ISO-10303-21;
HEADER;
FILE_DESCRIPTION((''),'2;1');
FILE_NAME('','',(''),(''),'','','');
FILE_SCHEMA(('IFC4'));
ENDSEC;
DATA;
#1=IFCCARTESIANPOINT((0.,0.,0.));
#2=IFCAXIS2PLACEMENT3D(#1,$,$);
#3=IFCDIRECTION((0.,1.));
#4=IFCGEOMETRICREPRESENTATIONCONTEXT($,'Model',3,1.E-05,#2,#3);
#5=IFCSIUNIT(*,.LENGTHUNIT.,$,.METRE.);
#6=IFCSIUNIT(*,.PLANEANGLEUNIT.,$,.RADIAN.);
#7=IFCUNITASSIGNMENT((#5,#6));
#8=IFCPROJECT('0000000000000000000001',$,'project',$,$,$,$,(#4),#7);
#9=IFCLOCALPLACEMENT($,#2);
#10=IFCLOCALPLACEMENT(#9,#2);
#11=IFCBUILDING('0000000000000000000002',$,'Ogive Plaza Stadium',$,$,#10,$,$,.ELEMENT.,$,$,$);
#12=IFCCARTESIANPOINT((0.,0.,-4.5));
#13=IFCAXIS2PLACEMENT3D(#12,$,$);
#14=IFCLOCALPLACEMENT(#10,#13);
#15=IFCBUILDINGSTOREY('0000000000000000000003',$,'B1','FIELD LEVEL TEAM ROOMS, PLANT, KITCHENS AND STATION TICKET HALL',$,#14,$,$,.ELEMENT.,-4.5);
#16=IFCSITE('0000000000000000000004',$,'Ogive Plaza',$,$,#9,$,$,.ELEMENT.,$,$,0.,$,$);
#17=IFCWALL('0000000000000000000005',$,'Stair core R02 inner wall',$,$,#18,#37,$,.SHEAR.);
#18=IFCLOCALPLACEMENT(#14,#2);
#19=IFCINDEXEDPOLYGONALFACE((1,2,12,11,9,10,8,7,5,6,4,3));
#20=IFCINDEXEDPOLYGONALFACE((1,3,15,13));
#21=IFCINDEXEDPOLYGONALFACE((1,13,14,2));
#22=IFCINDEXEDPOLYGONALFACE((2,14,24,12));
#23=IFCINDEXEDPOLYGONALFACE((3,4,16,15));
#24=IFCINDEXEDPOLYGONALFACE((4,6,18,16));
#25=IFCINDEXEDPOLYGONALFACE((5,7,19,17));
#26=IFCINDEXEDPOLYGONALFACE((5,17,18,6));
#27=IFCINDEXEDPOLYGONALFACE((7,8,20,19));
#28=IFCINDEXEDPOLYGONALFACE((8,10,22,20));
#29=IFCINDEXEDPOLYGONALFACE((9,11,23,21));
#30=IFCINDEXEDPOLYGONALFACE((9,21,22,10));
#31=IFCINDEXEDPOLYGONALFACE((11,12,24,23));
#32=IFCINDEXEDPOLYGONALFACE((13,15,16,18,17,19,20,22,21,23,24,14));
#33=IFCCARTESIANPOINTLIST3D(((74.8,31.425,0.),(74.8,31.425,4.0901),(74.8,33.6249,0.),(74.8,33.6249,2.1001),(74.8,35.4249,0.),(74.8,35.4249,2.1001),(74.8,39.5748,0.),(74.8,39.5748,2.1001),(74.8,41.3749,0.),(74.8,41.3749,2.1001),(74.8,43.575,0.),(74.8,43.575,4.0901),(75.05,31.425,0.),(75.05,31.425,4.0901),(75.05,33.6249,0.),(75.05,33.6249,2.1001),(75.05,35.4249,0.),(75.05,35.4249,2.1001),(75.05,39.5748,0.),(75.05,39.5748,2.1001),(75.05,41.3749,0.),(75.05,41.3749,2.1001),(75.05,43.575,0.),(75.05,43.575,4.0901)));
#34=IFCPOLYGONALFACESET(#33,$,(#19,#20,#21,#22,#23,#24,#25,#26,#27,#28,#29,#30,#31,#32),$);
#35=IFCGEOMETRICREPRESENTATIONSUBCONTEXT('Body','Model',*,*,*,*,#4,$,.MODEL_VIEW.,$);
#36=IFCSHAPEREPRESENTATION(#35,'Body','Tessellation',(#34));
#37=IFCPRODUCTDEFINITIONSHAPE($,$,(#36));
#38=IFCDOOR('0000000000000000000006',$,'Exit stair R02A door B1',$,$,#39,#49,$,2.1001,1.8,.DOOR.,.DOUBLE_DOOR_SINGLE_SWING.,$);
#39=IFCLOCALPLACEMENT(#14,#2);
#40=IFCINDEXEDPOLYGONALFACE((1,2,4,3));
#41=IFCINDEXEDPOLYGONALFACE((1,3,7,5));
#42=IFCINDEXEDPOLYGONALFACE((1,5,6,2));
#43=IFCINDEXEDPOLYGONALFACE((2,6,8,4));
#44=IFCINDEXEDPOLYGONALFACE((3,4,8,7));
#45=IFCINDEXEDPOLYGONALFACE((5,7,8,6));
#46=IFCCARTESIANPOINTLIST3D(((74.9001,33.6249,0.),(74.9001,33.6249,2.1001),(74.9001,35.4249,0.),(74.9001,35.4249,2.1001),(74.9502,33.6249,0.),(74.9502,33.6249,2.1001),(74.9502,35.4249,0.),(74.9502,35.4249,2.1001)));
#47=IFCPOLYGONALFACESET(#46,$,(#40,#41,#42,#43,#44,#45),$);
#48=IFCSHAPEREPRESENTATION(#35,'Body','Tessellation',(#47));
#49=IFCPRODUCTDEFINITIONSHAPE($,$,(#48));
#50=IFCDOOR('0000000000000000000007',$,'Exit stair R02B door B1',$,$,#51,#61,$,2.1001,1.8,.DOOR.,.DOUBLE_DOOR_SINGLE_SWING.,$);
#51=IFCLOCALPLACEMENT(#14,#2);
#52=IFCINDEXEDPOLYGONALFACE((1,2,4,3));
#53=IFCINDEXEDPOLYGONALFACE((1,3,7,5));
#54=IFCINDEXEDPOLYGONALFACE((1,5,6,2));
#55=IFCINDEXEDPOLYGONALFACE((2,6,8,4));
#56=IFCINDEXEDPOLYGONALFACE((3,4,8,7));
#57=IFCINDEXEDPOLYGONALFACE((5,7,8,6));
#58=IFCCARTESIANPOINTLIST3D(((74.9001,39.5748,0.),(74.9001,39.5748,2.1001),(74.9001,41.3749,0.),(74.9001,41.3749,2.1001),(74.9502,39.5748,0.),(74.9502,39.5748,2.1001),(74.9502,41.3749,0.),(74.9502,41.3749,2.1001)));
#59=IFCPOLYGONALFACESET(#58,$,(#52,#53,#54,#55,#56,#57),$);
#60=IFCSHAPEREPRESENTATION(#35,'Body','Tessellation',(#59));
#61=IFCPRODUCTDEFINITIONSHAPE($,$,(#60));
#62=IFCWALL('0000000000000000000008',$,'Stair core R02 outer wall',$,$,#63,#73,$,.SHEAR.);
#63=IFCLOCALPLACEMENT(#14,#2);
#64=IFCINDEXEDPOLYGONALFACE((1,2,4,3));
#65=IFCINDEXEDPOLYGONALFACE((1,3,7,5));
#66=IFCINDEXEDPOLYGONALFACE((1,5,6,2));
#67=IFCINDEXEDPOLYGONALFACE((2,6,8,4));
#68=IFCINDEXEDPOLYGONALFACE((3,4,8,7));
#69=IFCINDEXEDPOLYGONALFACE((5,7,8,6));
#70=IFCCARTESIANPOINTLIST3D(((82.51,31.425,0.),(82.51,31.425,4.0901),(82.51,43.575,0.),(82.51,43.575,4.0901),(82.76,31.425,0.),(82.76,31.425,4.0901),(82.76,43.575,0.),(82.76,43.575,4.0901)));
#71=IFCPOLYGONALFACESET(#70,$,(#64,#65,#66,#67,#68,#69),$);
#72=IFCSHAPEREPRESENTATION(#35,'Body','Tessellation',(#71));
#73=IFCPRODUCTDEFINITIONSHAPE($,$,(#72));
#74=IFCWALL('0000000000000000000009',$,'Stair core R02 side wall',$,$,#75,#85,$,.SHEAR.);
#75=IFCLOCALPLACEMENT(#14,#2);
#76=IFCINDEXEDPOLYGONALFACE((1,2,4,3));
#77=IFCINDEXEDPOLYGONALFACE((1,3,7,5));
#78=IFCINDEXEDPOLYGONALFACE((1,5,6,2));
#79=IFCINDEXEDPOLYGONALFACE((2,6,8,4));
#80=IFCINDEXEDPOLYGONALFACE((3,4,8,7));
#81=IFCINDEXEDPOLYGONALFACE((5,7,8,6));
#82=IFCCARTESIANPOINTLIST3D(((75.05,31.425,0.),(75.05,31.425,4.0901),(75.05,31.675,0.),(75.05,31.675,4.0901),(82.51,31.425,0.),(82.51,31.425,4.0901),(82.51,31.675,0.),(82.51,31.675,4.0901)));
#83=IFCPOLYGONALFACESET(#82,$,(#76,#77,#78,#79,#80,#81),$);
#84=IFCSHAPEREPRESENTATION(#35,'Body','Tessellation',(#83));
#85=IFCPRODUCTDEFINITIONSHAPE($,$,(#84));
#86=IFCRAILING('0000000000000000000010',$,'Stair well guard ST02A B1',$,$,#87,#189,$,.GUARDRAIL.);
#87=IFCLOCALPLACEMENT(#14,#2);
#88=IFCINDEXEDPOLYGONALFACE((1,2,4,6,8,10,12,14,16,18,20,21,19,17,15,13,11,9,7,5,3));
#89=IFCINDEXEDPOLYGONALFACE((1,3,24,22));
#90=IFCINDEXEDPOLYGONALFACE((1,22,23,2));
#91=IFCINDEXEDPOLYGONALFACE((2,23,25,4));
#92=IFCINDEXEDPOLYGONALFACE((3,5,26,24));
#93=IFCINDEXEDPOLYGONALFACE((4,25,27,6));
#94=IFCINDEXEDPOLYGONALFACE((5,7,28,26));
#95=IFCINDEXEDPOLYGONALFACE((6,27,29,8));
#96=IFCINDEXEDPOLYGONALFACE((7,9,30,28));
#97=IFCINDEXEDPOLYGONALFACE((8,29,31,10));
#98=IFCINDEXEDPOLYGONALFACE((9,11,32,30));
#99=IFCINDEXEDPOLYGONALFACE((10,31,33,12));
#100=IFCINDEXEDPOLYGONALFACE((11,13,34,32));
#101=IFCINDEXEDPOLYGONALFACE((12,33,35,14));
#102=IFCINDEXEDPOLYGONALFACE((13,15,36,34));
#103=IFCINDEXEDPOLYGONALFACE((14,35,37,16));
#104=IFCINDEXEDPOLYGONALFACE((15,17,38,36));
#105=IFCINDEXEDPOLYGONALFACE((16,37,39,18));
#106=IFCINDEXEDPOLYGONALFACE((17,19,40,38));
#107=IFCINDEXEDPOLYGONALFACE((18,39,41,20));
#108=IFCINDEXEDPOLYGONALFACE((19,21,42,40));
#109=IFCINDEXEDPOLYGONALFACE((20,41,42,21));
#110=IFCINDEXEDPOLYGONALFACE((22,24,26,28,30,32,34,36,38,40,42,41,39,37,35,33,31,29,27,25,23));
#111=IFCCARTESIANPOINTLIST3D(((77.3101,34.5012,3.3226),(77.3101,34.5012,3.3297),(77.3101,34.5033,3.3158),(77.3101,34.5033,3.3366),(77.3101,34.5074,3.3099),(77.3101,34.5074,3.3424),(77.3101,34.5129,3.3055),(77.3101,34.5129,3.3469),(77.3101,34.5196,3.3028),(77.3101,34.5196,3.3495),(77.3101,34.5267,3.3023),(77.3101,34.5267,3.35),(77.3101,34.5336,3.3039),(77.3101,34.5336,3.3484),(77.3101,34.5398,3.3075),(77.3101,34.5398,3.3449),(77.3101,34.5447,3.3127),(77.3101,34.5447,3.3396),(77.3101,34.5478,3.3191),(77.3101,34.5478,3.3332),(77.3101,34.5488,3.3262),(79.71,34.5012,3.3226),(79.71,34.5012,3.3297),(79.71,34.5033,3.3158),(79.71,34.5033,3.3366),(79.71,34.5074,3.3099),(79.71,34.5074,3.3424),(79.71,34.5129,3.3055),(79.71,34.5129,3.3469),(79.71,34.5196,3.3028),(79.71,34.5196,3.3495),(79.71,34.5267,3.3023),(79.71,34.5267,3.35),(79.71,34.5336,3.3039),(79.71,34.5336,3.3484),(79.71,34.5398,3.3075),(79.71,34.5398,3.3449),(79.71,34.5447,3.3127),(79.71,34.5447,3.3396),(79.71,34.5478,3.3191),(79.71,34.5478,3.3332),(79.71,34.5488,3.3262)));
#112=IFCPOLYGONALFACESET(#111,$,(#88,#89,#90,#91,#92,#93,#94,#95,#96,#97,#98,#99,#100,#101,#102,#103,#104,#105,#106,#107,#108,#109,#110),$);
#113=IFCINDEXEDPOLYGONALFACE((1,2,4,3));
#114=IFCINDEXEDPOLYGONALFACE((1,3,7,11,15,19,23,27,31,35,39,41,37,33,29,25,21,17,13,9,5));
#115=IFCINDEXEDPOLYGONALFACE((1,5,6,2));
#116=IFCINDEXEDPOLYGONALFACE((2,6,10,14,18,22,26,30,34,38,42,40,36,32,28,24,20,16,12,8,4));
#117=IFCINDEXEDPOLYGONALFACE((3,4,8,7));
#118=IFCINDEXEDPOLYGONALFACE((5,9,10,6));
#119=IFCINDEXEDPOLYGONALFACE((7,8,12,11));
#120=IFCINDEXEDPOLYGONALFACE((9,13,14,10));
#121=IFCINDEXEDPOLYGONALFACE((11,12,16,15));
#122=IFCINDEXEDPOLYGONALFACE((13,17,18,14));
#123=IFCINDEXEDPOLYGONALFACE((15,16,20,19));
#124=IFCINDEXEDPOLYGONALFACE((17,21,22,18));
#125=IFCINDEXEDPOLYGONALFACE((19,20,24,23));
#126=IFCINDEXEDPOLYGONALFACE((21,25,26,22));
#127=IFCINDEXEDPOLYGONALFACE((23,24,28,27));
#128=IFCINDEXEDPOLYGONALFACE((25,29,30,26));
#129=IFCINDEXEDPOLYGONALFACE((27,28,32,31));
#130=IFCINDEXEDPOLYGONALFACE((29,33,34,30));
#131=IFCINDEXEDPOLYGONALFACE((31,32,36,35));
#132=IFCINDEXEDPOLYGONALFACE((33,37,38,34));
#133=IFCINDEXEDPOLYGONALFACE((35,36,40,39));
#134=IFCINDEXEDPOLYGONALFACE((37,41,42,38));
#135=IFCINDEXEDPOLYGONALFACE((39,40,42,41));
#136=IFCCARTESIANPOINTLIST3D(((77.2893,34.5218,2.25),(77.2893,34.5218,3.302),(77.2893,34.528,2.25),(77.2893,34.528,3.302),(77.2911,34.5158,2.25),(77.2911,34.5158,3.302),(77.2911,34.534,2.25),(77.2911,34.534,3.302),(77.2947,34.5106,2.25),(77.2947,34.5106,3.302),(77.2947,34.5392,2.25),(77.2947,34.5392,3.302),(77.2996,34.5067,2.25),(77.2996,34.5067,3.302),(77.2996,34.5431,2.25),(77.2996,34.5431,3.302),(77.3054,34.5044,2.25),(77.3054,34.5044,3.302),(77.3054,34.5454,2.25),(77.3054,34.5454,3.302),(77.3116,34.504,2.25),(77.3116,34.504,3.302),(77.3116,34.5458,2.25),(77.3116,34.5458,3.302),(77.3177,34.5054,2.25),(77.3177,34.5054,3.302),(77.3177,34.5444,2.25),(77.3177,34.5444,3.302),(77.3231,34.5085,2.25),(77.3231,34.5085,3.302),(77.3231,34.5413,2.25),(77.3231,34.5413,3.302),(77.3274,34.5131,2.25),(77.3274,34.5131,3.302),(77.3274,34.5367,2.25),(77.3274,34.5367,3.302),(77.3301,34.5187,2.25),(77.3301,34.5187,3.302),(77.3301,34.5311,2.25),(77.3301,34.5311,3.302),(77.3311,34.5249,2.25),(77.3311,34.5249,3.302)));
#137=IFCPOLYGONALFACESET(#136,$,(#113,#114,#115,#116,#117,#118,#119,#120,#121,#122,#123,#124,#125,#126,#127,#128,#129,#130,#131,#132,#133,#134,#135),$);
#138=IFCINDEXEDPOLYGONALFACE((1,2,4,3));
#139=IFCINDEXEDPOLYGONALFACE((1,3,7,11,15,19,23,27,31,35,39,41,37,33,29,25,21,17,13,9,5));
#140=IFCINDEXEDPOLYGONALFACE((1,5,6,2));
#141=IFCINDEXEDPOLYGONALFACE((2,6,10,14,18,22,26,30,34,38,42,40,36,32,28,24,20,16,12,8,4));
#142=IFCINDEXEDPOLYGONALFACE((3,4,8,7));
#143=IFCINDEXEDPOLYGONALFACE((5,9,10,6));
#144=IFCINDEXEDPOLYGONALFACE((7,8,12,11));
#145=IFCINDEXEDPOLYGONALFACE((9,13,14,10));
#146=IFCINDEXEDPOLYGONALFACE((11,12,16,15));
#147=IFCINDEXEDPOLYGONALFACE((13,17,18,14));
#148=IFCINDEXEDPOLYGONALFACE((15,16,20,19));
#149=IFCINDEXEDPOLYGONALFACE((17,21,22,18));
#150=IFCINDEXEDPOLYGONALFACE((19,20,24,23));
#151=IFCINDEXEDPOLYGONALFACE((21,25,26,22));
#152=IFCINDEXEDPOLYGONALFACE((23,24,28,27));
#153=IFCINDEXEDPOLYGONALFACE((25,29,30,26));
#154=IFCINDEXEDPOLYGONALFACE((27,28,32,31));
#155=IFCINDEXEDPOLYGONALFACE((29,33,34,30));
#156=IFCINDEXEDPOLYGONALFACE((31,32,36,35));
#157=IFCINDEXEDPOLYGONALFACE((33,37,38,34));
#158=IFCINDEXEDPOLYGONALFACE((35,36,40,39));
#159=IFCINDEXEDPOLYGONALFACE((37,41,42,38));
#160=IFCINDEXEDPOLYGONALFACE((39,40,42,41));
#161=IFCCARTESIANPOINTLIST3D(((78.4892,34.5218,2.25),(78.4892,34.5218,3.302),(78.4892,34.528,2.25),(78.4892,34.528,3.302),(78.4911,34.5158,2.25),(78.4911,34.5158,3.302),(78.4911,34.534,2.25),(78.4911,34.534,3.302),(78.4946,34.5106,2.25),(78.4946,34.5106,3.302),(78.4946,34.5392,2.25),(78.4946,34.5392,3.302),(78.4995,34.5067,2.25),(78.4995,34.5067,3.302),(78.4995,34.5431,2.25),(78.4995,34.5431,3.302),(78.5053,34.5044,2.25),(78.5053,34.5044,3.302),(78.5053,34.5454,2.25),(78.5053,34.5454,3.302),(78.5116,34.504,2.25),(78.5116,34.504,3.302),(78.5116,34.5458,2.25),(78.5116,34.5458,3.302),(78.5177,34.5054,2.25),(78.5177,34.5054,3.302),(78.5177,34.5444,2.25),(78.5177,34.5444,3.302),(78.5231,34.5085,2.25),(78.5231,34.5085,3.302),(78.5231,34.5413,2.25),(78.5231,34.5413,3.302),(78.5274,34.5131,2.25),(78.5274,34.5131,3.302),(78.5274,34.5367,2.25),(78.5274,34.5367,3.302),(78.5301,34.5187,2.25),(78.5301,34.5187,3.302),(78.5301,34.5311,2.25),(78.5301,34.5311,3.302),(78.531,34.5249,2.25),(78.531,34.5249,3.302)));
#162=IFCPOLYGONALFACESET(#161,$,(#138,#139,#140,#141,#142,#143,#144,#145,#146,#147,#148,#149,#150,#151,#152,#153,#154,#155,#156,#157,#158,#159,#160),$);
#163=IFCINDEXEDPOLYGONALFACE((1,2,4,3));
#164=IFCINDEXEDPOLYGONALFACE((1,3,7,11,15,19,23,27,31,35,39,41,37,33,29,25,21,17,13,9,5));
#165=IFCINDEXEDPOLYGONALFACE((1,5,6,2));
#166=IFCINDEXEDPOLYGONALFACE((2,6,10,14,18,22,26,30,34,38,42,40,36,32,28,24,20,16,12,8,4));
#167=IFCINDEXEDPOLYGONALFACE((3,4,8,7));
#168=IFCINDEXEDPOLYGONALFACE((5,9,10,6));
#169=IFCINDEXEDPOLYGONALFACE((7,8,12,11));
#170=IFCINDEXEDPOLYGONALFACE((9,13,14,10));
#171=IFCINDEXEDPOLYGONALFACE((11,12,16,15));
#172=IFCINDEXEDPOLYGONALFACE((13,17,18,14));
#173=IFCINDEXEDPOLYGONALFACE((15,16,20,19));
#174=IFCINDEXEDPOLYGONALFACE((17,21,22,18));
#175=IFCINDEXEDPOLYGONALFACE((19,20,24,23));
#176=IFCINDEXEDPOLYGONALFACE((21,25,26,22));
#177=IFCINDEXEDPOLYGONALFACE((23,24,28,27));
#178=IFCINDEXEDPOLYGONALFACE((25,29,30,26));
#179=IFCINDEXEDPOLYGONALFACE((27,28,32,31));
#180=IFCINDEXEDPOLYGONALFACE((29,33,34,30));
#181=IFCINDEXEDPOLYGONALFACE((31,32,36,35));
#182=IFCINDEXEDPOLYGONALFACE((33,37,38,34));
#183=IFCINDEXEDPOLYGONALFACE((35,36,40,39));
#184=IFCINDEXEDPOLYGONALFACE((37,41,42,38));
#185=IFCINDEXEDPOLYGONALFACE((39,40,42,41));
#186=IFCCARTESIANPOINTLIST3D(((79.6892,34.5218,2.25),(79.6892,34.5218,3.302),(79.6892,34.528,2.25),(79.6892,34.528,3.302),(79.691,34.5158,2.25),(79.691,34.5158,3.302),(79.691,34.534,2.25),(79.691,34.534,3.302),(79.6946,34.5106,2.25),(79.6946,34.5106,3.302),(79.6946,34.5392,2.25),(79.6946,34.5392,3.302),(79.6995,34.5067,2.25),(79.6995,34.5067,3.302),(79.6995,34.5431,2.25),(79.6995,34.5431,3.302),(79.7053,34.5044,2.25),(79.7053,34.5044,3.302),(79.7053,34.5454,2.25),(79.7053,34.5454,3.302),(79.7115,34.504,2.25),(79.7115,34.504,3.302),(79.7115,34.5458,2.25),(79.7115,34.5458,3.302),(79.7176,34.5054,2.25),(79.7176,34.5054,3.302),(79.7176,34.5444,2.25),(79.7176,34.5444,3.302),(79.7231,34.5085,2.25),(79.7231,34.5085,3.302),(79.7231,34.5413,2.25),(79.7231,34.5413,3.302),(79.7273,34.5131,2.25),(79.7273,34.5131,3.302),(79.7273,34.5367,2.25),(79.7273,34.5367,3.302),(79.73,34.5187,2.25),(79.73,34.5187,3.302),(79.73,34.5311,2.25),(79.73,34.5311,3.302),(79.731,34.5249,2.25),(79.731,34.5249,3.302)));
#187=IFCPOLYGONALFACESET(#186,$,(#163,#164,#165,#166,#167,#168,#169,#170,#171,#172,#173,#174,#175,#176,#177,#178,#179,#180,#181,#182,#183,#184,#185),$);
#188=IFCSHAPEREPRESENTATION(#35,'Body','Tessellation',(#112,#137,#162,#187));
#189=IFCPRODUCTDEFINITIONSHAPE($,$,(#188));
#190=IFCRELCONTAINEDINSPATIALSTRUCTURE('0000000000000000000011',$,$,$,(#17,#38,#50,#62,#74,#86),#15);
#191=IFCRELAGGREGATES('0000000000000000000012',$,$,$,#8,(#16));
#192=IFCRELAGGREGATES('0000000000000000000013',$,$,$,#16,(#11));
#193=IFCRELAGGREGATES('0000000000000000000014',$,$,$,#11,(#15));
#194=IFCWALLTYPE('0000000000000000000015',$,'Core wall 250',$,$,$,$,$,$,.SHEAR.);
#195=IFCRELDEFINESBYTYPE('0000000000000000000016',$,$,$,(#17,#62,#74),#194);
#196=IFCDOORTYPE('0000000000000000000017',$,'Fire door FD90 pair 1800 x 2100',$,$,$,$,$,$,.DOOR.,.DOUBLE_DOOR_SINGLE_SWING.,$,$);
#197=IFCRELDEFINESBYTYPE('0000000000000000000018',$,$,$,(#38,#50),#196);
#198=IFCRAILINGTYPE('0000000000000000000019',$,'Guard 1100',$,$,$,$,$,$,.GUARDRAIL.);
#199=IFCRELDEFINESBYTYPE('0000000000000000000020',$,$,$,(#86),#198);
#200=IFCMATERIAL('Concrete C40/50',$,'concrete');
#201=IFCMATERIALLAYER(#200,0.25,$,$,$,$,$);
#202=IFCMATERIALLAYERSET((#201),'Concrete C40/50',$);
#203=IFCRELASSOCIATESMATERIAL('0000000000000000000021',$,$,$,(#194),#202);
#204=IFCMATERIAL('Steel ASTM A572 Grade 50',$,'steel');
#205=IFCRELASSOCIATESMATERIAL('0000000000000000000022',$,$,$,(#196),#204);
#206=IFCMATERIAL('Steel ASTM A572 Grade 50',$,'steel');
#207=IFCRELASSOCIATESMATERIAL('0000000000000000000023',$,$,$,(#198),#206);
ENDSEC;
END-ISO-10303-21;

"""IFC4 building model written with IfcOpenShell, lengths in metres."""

from ifc_helpers import new_model, si_unit, direction, frame, frame_2d, origin, origin_2d, place, context, subcontext, project, spatial, rectangle, circle, extrude, material, layer, layer_set, type_object, element, fill, save


model = new_model("IFC4")

# Units and contexts
model_context = context("Model", 3, precision=1e-05, world=origin(), true_north=direction((0.0, 1.0)))
body_context = subcontext(model_context, "Body", "Model", "MODEL_VIEW")
ifc_project = project(units=[si_unit("LENGTHUNIT", "METRE"), si_unit("PLANEANGLEUNIT", "RADIAN")], contexts=[model_context])

# Site, building, storey
site_placement = place(None, origin())
site = spatial("IfcSite", under=ifc_project, at=site_placement, Name="Ogive Plaza", CompositionType="ELEMENT", RefElevation=0.0)
building_placement = place(site_placement, origin())
building = spatial("IfcBuilding", under=site, at=building_placement, Name="Ogive Plaza Stadium", CompositionType="ELEMENT")
storey_placement = place(building_placement, frame((0.0, 0.0, -4.5)))
storey = spatial("IfcBuildingStorey", under=building, at=storey_placement, Name="B1", Description="FIELD LEVEL TEAM ROOMS, PLANT, KITCHENS AND STATION TICKET HALL", CompositionType="ELEMENT", Elevation=-4.5)

# Wall, openings, doors
ifc_material_1 = material(Name="Concrete C40/50", Category="concrete")
ifc_layer_1 = layer(ifc_material_1, 0.25)
ifc_layer_set_1 = layer_set([ifc_layer_1], Name="Concrete C40/50")
wall_type = type_object("IfcWallType", Name="Core wall 250", PredefinedType="SHEAR", material=ifc_layer_set_1)
wall_1_placement = place(storey_placement, frame((74.925, 31.425, 0.0), z_axis=(0.0, 0.0, 1.0), x_axis=(0.0, 1.0, 0.0)))
wall_1 = element("IfcWall", 1, at=wall_1_placement, inside=storey, type_object=wall_type, Name="Stair core R02 inner wall", PredefinedType="SHEAR", context=body_context, shape_type="SweptSolid", body=[
    extrude(rectangle(XDim=12.1499, YDim=0.25, at=frame_2d((6.075, 0.0))), origin(), (0.0, 0.0, 1.0), 4.0901),
])
opening_1_placement = place(wall_1_placement, frame((2.2, 0.0, 0.0)))
opening_1 = element("IfcOpeningElement", 2, at=opening_1_placement, cuts=wall_1, PredefinedType="OPENING", context=body_context, shape_type="SweptSolid", body=[
    extrude(rectangle(XDim=1.8, YDim=2.1001, at=frame_2d((0.8999, 1.05))), frame((0.0, 0.125, 0.0), z_axis=(0.0, -1.0, 0.0), x_axis=(1.0, 0.0, 0.0)), (0.0, 0.0, 1.0), 0.25),
])
opening_2_placement = place(wall_1_placement, frame((8.1499, 0.0, 0.0)))
opening_2 = element("IfcOpeningElement", 3, at=opening_2_placement, cuts=wall_1, PredefinedType="OPENING", context=body_context, shape_type="SweptSolid", body=[
    extrude(rectangle(XDim=1.8, YDim=2.1001, at=frame_2d((0.8999, 1.05))), frame((0.0, 0.125, 0.0), z_axis=(0.0, -1.0, 0.0), x_axis=(1.0, 0.0, 0.0)), (0.0, 0.0, 1.0), 0.25),
])
ifc_material_2 = material(Name="Steel ASTM A572 Grade 50", Category="steel")
door_type = type_object("IfcDoorType", Name="Fire door FD90 pair 1800 x 2100", OperationType="DOUBLE_DOOR_SINGLE_SWING", PredefinedType="DOOR", material=ifc_material_2)
door_1_placement = place(opening_1_placement, origin())
door_1 = element("IfcDoor", 4, at=door_1_placement, inside=storey, type_object=door_type, Name="Exit stair R02A door B1", OperationType="DOUBLE_DOOR_SINGLE_SWING", OverallHeight=2.1001, OverallWidth=1.8, PredefinedType="DOOR", context=body_context, shape_type="SweptSolid", body=[
    extrude(rectangle(XDim=1.8, YDim=2.1001, at=frame_2d((0.8999, 1.05))), frame((0.0, 0.0249, 0.0), z_axis=(0.0, -1.0, 0.0), x_axis=(1.0, 0.0, 0.0)), (0.0, 0.0, 1.0), 0.05),
])
fill(opening_1, door_1)
door_2_placement = place(opening_2_placement, origin())
door_2 = element("IfcDoor", 5, at=door_2_placement, inside=storey, type_object=door_type, Name="Exit stair R02B door B1", OperationType="DOUBLE_DOOR_SINGLE_SWING", OverallHeight=2.1001, OverallWidth=1.8, PredefinedType="DOOR", context=body_context, shape_type="SweptSolid", body=[
    extrude(rectangle(XDim=1.8, YDim=2.1001, at=frame_2d((0.8999, 1.05))), frame((0.0, 0.0249, 0.0), z_axis=(0.0, -1.0, 0.0), x_axis=(1.0, 0.0, 0.0)), (0.0, 0.0, 1.0), 0.05),
])
fill(opening_2, door_2)

# Walls
wall_2_placement = place(storey_placement, frame((82.635, 31.425, 0.0), z_axis=(0.0, 0.0, 1.0), x_axis=(0.0, 1.0, 0.0)))
element("IfcWall", 6, at=wall_2_placement, inside=storey, type_object=wall_type, Name="Stair core R02 outer wall", PredefinedType="SHEAR", context=body_context, shape_type="SweptSolid", body=[
    extrude(rectangle(XDim=12.1499, YDim=0.25, at=frame_2d((6.075, 0.0))), origin(), (0.0, 0.0, 1.0), 4.0901),
])
wall_3_placement = place(storey_placement, frame((75.05, 31.55, 0.0), z_axis=(0.0, 0.0, 1.0), x_axis=(1.0, 0.0, 0.0)))
element("IfcWall", 7, at=wall_3_placement, inside=storey, type_object=wall_type, Name="Stair core R02 side wall", PredefinedType="SHEAR", context=body_context, shape_type="SweptSolid", body=[
    extrude(rectangle(XDim=7.46, YDim=0.25, at=frame_2d((3.73, 0.0))), origin(), (0.0, 0.0, 1.0), 4.0901),
])

# Railing
ifc_material_3 = material(Name="Steel ASTM A572 Grade 50", Category="steel")
railing_type_1 = type_object("IfcRailingType", Name="Guard 1100", PredefinedType="GUARDRAIL", material=ifc_material_3)
railing_placement = place(storey_placement, frame((77.3101, 34.5249, 2.25)))
element("IfcRailing", 8, at=railing_placement, inside=storey, type_object=railing_type_1, Name="Stair well guard ST02A B1", PredefinedType="GUARDRAIL", context=body_context, shape_type="SweptSolid", body=[
    extrude(circle(Radius=0.0239, at=origin_2d()), frame((0.0, 0.0, 1.0762), z_axis=(1.0, 0.0, 0.0), x_axis=(0.0, 1.0, 0.0)), (0.0, 0.0, 1.0), 2.3999),
    extrude(circle(Radius=0.021, at=origin_2d()), origin(), (0.0, 0.0, 1.0), 1.052),
    extrude(circle(Radius=0.021, at=origin_2d()), frame((1.2, 0.0, 0.0)), (0.0, 0.0, 1.0), 1.052),
    extrude(circle(Radius=0.021, at=origin_2d()), frame((2.3999, 0.0, 0.0)), (0.0, 0.0, 1.0), 1.052),
])

save(model, "model.ifc")
